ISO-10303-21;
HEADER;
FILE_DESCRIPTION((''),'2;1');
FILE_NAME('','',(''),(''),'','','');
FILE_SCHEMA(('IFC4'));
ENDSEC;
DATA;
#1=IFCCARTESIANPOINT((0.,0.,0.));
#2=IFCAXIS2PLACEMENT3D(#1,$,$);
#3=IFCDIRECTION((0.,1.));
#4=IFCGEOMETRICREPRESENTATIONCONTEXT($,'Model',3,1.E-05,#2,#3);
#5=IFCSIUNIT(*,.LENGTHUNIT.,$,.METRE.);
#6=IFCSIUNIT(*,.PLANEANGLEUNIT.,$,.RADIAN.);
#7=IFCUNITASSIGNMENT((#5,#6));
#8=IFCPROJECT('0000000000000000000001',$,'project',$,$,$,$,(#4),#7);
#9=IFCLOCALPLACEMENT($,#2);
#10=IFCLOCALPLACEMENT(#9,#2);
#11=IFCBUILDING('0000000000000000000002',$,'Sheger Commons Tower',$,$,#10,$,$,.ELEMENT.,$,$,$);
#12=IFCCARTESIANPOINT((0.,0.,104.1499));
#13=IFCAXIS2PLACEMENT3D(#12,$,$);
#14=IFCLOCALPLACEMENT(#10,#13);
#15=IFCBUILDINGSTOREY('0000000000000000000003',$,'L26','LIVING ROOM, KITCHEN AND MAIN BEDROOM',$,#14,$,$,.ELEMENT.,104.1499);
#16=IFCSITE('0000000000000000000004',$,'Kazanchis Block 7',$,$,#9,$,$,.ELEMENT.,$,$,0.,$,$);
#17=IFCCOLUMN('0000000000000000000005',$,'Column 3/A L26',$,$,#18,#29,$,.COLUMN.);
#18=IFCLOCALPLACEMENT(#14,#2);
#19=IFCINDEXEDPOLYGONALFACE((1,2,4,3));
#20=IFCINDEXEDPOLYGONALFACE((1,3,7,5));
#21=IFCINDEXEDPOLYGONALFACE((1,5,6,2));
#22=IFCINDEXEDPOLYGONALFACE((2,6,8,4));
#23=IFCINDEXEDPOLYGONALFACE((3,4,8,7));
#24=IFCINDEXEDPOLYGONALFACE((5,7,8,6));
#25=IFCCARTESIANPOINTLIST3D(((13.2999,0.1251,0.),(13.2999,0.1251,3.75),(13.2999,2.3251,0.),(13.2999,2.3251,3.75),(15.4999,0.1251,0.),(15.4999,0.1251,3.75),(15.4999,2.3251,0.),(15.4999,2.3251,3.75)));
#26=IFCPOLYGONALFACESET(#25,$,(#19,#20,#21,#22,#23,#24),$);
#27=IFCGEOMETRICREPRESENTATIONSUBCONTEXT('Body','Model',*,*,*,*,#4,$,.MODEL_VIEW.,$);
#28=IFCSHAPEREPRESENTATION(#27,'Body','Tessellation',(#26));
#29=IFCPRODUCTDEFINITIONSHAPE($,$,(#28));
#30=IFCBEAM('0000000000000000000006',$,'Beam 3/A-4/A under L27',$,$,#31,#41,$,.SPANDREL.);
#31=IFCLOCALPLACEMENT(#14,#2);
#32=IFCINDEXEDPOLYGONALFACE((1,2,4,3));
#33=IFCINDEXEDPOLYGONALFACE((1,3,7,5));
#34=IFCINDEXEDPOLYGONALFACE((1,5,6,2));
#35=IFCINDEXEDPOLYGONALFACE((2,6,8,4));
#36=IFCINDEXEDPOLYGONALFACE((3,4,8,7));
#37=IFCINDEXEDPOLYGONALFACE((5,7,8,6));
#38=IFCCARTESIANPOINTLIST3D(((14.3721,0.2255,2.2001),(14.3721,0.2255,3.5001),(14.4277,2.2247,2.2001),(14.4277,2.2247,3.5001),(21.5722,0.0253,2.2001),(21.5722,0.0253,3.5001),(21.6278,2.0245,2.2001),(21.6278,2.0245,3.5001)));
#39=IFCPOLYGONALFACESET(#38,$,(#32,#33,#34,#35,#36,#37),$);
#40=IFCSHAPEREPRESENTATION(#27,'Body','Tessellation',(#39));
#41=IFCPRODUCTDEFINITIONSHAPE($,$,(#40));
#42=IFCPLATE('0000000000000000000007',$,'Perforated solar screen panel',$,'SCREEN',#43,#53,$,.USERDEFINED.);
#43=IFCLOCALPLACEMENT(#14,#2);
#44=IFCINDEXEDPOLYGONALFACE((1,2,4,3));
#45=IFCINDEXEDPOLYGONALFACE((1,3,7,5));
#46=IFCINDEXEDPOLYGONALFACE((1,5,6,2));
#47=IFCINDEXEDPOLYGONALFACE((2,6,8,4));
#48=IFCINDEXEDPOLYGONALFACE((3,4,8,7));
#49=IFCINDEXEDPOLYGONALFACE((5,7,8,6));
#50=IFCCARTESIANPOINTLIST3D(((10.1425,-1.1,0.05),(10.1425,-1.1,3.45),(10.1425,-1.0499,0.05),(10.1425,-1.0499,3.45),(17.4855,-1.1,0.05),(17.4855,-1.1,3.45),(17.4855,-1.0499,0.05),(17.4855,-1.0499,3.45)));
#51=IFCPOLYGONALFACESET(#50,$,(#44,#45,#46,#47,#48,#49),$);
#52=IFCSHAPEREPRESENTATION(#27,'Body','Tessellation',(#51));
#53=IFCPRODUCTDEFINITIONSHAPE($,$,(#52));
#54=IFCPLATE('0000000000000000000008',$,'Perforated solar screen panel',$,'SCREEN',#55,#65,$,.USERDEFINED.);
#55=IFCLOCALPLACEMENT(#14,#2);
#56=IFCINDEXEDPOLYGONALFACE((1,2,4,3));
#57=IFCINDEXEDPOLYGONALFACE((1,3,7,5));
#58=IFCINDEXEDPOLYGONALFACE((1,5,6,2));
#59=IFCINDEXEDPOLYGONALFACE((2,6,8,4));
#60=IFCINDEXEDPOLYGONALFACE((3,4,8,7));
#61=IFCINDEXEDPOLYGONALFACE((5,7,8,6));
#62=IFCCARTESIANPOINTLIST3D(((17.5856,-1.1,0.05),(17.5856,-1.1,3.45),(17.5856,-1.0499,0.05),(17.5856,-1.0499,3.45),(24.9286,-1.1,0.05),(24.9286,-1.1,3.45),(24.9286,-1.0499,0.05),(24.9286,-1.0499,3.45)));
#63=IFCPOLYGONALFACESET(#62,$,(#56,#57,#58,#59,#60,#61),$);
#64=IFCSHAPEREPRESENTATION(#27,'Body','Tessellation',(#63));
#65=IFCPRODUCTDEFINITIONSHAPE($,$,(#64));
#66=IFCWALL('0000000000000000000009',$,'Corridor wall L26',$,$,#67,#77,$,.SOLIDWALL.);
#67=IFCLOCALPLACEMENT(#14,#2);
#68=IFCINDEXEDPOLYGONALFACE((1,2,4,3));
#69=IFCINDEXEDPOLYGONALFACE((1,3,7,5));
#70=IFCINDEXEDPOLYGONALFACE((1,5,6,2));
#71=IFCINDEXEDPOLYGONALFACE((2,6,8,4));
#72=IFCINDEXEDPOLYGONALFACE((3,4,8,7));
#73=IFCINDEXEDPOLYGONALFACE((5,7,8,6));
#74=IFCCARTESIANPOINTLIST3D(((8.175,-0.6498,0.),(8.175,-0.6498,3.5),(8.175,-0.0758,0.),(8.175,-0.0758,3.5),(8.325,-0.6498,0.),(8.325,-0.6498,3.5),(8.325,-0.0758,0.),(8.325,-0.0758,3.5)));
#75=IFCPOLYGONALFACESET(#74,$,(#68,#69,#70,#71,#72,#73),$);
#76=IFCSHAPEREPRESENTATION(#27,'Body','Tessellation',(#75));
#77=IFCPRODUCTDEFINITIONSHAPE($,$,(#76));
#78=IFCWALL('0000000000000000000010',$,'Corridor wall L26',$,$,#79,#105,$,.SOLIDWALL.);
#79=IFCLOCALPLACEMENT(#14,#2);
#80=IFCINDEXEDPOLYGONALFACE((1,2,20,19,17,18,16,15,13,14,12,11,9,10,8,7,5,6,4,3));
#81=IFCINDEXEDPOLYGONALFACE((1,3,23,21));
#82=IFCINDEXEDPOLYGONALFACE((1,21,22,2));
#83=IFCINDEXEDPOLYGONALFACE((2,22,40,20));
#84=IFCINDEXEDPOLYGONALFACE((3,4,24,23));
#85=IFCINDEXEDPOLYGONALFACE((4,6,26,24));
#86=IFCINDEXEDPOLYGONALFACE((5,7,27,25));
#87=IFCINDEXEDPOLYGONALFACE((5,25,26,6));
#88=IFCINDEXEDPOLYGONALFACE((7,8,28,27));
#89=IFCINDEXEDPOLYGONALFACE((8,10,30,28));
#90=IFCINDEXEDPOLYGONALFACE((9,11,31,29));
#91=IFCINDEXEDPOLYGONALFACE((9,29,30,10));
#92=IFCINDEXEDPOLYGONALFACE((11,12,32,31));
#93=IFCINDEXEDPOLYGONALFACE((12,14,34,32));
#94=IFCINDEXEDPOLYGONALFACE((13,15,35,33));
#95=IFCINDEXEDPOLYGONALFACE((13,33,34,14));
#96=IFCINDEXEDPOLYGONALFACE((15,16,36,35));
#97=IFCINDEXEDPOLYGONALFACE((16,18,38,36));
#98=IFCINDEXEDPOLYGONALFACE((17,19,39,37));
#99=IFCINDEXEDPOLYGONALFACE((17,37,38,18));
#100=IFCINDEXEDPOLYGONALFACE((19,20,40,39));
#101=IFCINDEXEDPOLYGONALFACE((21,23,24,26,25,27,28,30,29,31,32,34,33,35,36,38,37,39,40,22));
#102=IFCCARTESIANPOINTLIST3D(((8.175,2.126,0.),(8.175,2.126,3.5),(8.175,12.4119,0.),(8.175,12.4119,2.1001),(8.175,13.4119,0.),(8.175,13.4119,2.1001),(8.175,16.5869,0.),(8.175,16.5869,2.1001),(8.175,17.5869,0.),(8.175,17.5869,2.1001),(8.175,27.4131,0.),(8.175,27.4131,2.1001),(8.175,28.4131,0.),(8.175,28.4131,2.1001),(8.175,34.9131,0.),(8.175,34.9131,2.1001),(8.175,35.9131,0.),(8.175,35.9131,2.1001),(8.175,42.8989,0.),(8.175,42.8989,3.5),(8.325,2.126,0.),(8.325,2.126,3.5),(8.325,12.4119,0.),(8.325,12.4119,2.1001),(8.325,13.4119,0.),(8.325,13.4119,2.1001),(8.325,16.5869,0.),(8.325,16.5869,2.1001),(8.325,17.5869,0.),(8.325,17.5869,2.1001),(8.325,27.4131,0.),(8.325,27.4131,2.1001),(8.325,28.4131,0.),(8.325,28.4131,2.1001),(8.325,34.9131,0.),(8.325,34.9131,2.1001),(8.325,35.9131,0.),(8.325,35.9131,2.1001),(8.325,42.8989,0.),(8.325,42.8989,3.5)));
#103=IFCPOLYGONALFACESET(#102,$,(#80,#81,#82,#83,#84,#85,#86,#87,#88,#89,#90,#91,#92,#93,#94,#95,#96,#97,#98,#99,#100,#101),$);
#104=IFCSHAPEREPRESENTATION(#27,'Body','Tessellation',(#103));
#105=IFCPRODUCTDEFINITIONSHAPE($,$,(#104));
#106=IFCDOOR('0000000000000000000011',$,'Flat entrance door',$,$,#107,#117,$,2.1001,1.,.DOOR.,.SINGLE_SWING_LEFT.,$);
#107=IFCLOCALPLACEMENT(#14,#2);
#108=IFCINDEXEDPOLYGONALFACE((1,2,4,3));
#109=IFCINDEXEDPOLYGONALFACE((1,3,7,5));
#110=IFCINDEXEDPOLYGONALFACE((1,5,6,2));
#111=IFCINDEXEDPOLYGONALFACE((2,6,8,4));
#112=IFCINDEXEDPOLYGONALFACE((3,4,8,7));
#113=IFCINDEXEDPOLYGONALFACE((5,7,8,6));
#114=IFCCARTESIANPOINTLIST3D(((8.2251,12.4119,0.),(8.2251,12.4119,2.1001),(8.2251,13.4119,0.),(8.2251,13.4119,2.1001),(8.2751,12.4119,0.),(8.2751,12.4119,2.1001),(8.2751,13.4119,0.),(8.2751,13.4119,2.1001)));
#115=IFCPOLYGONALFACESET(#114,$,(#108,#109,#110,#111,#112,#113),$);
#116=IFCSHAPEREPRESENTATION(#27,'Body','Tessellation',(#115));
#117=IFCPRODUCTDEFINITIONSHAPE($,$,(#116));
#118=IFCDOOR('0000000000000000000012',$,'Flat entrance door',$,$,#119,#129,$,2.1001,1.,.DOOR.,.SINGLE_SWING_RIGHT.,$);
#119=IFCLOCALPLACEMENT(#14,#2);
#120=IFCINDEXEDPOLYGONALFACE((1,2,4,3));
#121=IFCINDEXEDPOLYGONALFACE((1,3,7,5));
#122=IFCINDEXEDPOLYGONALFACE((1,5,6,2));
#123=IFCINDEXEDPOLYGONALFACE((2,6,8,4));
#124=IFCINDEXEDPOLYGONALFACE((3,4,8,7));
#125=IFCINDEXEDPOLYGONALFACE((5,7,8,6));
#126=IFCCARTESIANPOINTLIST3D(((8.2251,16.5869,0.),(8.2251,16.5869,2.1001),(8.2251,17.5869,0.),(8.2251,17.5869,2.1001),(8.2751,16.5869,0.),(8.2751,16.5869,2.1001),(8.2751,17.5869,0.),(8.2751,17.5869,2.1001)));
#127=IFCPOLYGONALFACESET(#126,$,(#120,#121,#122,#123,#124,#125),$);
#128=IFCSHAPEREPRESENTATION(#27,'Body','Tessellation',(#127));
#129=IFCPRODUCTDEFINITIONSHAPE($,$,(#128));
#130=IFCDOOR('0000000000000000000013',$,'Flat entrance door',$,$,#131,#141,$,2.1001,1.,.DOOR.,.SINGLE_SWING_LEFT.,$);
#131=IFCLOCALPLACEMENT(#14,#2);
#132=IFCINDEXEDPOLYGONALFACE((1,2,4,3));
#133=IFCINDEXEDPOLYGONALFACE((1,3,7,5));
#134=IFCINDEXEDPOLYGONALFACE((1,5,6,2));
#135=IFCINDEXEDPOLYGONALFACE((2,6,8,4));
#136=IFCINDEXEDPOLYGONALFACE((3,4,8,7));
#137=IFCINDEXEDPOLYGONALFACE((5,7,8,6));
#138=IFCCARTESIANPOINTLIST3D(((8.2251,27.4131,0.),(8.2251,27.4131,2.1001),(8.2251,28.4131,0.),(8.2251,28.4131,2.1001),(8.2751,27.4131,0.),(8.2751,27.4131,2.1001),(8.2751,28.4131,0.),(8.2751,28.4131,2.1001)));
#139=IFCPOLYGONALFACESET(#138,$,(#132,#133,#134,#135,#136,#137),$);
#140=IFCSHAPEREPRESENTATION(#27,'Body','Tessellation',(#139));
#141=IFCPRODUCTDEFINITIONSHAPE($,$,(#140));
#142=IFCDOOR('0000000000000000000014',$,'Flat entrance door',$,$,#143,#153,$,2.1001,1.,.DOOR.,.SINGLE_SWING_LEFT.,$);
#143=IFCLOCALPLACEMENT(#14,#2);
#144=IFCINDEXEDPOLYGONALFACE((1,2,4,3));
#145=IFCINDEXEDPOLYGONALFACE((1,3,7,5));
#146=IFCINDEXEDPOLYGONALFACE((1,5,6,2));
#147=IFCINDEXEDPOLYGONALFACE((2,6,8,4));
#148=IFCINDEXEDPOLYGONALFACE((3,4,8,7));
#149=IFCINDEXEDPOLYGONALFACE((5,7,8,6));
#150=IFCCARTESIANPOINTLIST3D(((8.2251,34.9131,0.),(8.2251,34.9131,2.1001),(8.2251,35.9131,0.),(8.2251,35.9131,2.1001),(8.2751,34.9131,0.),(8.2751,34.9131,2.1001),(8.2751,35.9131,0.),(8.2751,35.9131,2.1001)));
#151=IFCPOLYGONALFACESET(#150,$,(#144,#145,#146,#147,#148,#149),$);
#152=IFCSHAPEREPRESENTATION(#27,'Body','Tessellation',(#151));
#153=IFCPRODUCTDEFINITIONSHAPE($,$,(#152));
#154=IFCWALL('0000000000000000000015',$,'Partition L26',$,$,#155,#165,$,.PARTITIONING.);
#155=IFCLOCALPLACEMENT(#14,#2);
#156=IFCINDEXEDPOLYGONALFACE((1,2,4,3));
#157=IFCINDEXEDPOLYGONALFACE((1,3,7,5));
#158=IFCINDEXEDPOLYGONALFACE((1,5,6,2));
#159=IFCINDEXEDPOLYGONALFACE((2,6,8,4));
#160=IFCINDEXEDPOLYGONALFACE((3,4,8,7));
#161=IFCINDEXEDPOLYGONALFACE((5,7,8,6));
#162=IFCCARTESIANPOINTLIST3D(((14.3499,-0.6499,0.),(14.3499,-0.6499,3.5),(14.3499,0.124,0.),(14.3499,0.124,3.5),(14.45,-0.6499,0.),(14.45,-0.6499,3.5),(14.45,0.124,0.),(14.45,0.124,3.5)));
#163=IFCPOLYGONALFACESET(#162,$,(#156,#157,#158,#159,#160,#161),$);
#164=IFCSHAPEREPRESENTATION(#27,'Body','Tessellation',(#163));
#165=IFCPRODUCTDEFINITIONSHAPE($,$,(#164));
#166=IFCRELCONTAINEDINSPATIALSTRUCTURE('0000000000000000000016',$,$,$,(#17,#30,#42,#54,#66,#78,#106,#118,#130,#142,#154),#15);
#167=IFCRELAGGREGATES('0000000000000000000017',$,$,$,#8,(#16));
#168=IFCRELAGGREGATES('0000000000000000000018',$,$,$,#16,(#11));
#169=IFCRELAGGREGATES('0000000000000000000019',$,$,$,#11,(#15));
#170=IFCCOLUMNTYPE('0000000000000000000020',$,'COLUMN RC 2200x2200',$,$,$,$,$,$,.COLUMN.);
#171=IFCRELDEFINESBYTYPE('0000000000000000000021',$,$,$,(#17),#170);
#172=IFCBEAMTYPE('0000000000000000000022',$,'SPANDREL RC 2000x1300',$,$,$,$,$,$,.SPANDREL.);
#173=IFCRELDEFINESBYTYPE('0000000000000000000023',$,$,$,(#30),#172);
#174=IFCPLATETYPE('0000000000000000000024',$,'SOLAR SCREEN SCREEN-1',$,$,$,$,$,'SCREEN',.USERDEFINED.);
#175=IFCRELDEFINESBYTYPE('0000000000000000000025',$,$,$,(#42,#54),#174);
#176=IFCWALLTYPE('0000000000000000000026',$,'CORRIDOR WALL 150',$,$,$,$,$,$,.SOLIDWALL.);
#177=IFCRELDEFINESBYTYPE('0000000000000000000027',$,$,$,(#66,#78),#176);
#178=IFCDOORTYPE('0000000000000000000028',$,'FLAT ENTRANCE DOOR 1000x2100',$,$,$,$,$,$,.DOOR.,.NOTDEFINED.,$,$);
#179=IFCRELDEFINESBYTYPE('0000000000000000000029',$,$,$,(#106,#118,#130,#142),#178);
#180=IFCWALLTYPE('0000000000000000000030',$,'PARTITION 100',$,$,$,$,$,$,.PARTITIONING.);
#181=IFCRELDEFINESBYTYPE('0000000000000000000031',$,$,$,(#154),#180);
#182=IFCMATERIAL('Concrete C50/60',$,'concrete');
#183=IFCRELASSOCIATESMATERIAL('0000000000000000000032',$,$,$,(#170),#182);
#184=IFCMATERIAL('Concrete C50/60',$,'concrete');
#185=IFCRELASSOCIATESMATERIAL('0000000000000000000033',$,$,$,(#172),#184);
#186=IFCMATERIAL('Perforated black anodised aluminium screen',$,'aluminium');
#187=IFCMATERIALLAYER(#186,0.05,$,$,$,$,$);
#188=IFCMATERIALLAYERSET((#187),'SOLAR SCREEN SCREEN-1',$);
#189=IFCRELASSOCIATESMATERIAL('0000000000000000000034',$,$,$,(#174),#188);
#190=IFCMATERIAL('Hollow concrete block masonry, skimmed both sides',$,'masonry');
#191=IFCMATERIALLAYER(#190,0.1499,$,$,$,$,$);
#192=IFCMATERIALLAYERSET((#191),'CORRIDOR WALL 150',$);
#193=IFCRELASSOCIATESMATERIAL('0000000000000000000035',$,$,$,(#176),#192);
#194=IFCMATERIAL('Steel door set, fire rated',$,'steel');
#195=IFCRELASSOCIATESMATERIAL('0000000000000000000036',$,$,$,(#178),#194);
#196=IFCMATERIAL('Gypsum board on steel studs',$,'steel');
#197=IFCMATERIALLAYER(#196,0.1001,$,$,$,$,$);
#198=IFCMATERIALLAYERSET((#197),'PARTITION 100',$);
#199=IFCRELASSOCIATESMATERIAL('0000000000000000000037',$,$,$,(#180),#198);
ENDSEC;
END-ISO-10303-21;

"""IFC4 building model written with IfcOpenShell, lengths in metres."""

from ifc_helpers import new_model, si_unit, direction, frame, frame_2d, origin, origin_2d, place, context, subcontext, project, spatial, rectangle, extrude, material, layer, layer_set, material_profile, profile_set, type_object, element, fill, save


model = new_model("IFC4")

# Units and contexts
model_context = context("Model", 3, precision=1e-05, world=origin(), true_north=direction((0.0, 1.0)))
body_context = subcontext(model_context, "Body", "Model", "MODEL_VIEW")
ifc_project = project(units=[si_unit("LENGTHUNIT", "METRE"), si_unit("PLANEANGLEUNIT", "RADIAN")], contexts=[model_context])

# Site, building, storey
site_placement = place(None, origin())
site = spatial("IfcSite", under=ifc_project, at=site_placement, Name="Kazanchis Block 7", CompositionType="ELEMENT", RefElevation=0.0)
building_placement = place(site_placement, origin())
building = spatial("IfcBuilding", under=site, at=building_placement, Name="Sheger Commons Tower", CompositionType="ELEMENT")
storey_placement = place(building_placement, frame((0.0, 0.0, 104.1499)))
storey = spatial("IfcBuildingStorey", under=building, at=storey_placement, Name="L26", Description="LIVING ROOM, KITCHEN AND MAIN BEDROOM", CompositionType="ELEMENT", Elevation=104.1499)

# Column
ifc_material_1 = material(Name="Concrete C50/60", Category="concrete")
ifc_material_profile_1 = material_profile(ifc_material_1, rectangle(XDim=2.2, YDim=2.2, at=origin_2d()), Name="RC 2200x2200")
ifc_profile_set_1 = profile_set([ifc_material_profile_1], Name="Concrete C50/60")
column_type = type_object("IfcColumnType", Name="COLUMN RC 2200x2200", PredefinedType="COLUMN", material=ifc_profile_set_1)
column_placement = place(storey_placement, frame((14.3999, 1.2251, 0.0), z_axis=(0.0, 0.0, 1.0), x_axis=(1.0, 0.0, 0.0)))
element("IfcColumn", 1, at=column_placement, inside=storey, type_object=column_type, Name="Column 3/A L26", PredefinedType="COLUMN", context=body_context, shape_type="SweptSolid", body=[
    extrude(rectangle(XDim=2.2, YDim=2.2, at=origin_2d()), origin(), (0.0, 0.0, 1.0), 3.75),
])

# Beam
ifc_material_2 = material(Name="Concrete C50/60", Category="concrete")
ifc_material_profile_2 = material_profile(ifc_material_2, rectangle(XDim=2.0, YDim=1.3, at=origin_2d()), Name="RC 2000x1300")
ifc_profile_set_2 = profile_set([ifc_material_profile_2], Name="Concrete C50/60")
beam_type = type_object("IfcBeamType", Name="SPANDREL RC 2000x1300", PredefinedType="SPANDREL", material=ifc_profile_set_2)
beam_placement = place(storey_placement, frame((14.3999, 1.2251, 2.8501), z_axis=(0.999614, -0.027793, 0.0), x_axis=(0.027793, 0.999614, 0.0)))
element("IfcBeam", 2, at=beam_placement, inside=storey, type_object=beam_type, Name="Beam 3/A-4/A under L27", PredefinedType="SPANDREL", context=body_context, shape_type="SweptSolid", body=[
    extrude(rectangle(XDim=2.0, YDim=1.3, at=origin_2d()), origin(), (0.0, 0.0, 1.0), 7.2029),
])

# Plates
ifc_material_3 = material(Name="Perforated black anodised aluminium screen", Category="aluminium")
ifc_layer_1 = layer(ifc_material_3, 0.05)
ifc_layer_set_1 = layer_set([ifc_layer_1], Name="SOLAR SCREEN SCREEN-1")
plate_type = type_object("IfcPlateType", Name="SOLAR SCREEN SCREEN-1", ElementType="SCREEN", PredefinedType="USERDEFINED", material=ifc_layer_set_1)
for number, where, z_axis, x_axis, name in (
    (3, (13.814, -1.075, 0.05), (0.0, 0.0, 1.0), (1.0, 0.0, 0.0), "Perforated solar screen panel"),
    (4, (21.2571, -1.075, 0.05), (0.0, 0.0, 1.0), (1.0, 0.0, 0.0), "Perforated solar screen panel"),
):
    element("IfcPlate", number, at=place(storey_placement, frame(where, z_axis=z_axis, x_axis=x_axis)), inside=storey, type_object=plate_type, Name=name, ObjectType="SCREEN", PredefinedType="USERDEFINED", context=body_context, shape_type="SweptSolid", body=[
        extrude(rectangle(XDim=7.343, YDim=0.05, at=origin_2d()), origin(), (0.0, 0.0, 1.0), 3.3999),
    ])

# Wall
ifc_material_4 = material(Name="Hollow concrete block masonry, skimmed both sides", Category="masonry")
ifc_layer_2 = layer(ifc_material_4, 0.1499)
ifc_layer_set_2 = layer_set([ifc_layer_2], Name="CORRIDOR WALL 150")
wall_type_1 = type_object("IfcWallType", Name="CORRIDOR WALL 150", PredefinedType="SOLIDWALL", material=ifc_layer_set_2)
wall_1_placement = place(storey_placement, frame((8.25, -0.6499, 0.0), z_axis=(0.0, 0.0, 1.0), x_axis=(0.0, 1.0, 0.0)))
element("IfcWall", 5, at=wall_1_placement, inside=storey, type_object=wall_type_1, Name="Corridor wall L26", PredefinedType="SOLIDWALL", context=body_context, shape_type="SweptSolid", body=[
    extrude(rectangle(XDim=0.574, YDim=0.1499, at=frame_2d((0.2871, 0.0))), origin(), (0.0, 0.0, 1.0), 3.5),
])

# Wall, openings, doors
wall_2_placement = place(storey_placement, frame((8.25, 2.126, 0.0), z_axis=(0.0, 0.0, 1.0), x_axis=(0.0, 1.0, 0.0)))
wall_2 = element("IfcWall", 6, at=wall_2_placement, inside=storey, type_object=wall_type_1, Name="Corridor wall L26", PredefinedType="SOLIDWALL", context=body_context, shape_type="SweptSolid", body=[
    extrude(rectangle(XDim=40.7729, YDim=0.1499, at=frame_2d((20.3865, 0.0))), origin(), (0.0, 0.0, 1.0), 3.5),
])
opening_1_placement = place(wall_2_placement, frame((10.2859, 0.0, 0.0)))
opening_1 = element("IfcOpeningElement", 7, at=opening_1_placement, cuts=wall_2, PredefinedType="OPENING", context=body_context, shape_type="SweptSolid", body=[
    extrude(rectangle(XDim=1.0, YDim=2.1001, at=frame_2d((0.5, 1.05))), frame((0.0, 0.085, 0.0), z_axis=(0.0, -1.0, 0.0), x_axis=(1.0, 0.0, 0.0)), (0.0, 0.0, 1.0), 0.1699),
])
opening_2_placement = place(wall_2_placement, frame((14.4609, 0.0, 0.0)))
opening_2 = element("IfcOpeningElement", 8, at=opening_2_placement, cuts=wall_2, PredefinedType="OPENING", context=body_context, shape_type="SweptSolid", body=[
    extrude(rectangle(XDim=1.0, YDim=2.1001, at=frame_2d((0.5, 1.05))), frame((0.0, 0.085, 0.0), z_axis=(0.0, -1.0, 0.0), x_axis=(1.0, 0.0, 0.0)), (0.0, 0.0, 1.0), 0.1699),
])
opening_3_placement = place(wall_2_placement, frame((25.2871, 0.0, 0.0)))
opening_3 = element("IfcOpeningElement", 9, at=opening_3_placement, cuts=wall_2, PredefinedType="OPENING", context=body_context, shape_type="SweptSolid", body=[
    extrude(rectangle(XDim=1.0, YDim=2.1001, at=frame_2d((0.5, 1.05))), frame((0.0, 0.085, 0.0), z_axis=(0.0, -1.0, 0.0), x_axis=(1.0, 0.0, 0.0)), (0.0, 0.0, 1.0), 0.1699),
])
opening_4_placement = place(wall_2_placement, frame((32.7871, 0.0, 0.0)))
opening_4 = element("IfcOpeningElement", 10, at=opening_4_placement, cuts=wall_2, PredefinedType="OPENING", context=body_context, shape_type="SweptSolid", body=[
    extrude(rectangle(XDim=1.0, YDim=2.1001, at=frame_2d((0.5, 1.05))), frame((0.0, 0.085, 0.0), z_axis=(0.0, -1.0, 0.0), x_axis=(1.0, 0.0, 0.0)), (0.0, 0.0, 1.0), 0.1699),
])
ifc_material_5 = material(Name="Steel door set, fire rated", Category="steel")
door_type_1 = type_object("IfcDoorType", Name="FLAT ENTRANCE DOOR 1000x2100", OperationType="NOTDEFINED", PredefinedType="DOOR", material=ifc_material_5)
door_1_placement = place(opening_1_placement, origin())
door_1 = element("IfcDoor", 11, at=door_1_placement, inside=storey, type_object=door_type_1, Name="Flat entrance door", OperationType="SINGLE_SWING_LEFT", OverallHeight=2.1001, OverallWidth=1.0, PredefinedType="DOOR", context=body_context, shape_type="SweptSolid", body=[
    extrude(rectangle(XDim=1.0, YDim=2.1001, at=frame_2d((0.5, 1.05))), frame((0.0, 0.0249, 0.0), z_axis=(0.0, -1.0, 0.0), x_axis=(1.0, 0.0, 0.0)), (0.0, 0.0, 1.0), 0.05),
])
fill(opening_1, door_1)
door_2_placement = place(opening_2_placement, origin())
door_2 = element("IfcDoor", 12, at=door_2_placement, inside=storey, type_object=door_type_1, Name="Flat entrance door", OperationType="SINGLE_SWING_RIGHT", OverallHeight=2.1001, OverallWidth=1.0, PredefinedType="DOOR", context=body_context, shape_type="SweptSolid", body=[
    extrude(rectangle(XDim=1.0, YDim=2.1001, at=frame_2d((0.5, 1.05))), frame((0.0, 0.0249, 0.0), z_axis=(0.0, -1.0, 0.0), x_axis=(1.0, 0.0, 0.0)), (0.0, 0.0, 1.0), 0.05),
])
fill(opening_2, door_2)
door_3_placement = place(opening_3_placement, origin())
door_3 = element("IfcDoor", 13, at=door_3_placement, inside=storey, type_object=door_type_1, Name="Flat entrance door", OperationType="SINGLE_SWING_LEFT", OverallHeight=2.1001, OverallWidth=1.0, PredefinedType="DOOR", context=body_context, shape_type="SweptSolid", body=[
    extrude(rectangle(XDim=1.0, YDim=2.1001, at=frame_2d((0.5, 1.05))), frame((0.0, 0.0249, 0.0), z_axis=(0.0, -1.0, 0.0), x_axis=(1.0, 0.0, 0.0)), (0.0, 0.0, 1.0), 0.05),
])
fill(opening_3, door_3)
door_4_placement = place(opening_4_placement, origin())
door_4 = element("IfcDoor", 14, at=door_4_placement, inside=storey, type_object=door_type_1, Name="Flat entrance door", OperationType="SINGLE_SWING_LEFT", OverallHeight=2.1001, OverallWidth=1.0, PredefinedType="DOOR", context=body_context, shape_type="SweptSolid", body=[
    extrude(rectangle(XDim=1.0, YDim=2.1001, at=frame_2d((0.5, 1.05))), frame((0.0, 0.0249, 0.0), z_axis=(0.0, -1.0, 0.0), x_axis=(1.0, 0.0, 0.0)), (0.0, 0.0, 1.0), 0.05),
])
fill(opening_4, door_4)

# Wall
ifc_material_6 = material(Name="Gypsum board on steel studs", Category="steel")
ifc_layer_3 = layer(ifc_material_6, 0.1001)
ifc_layer_set_3 = layer_set([ifc_layer_3], Name="PARTITION 100")
wall_type_2 = type_object("IfcWallType", Name="PARTITION 100", PredefinedType="PARTITIONING", material=ifc_layer_set_3)
wall_3_placement = place(storey_placement, frame((14.3999, -0.6499, 0.0), z_axis=(0.0, 0.0, 1.0), x_axis=(0.0, 1.0, 0.0)))
element("IfcWall", 15, at=wall_3_placement, inside=storey, type_object=wall_type_2, Name="Partition L26", PredefinedType="PARTITIONING", context=body_context, shape_type="SweptSolid", body=[
    extrude(rectangle(XDim=0.7739, YDim=0.1001, at=frame_2d((0.387, 0.0))), origin(), (0.0, 0.0, 1.0), 3.5),
])

save(model, "model.ifc")
